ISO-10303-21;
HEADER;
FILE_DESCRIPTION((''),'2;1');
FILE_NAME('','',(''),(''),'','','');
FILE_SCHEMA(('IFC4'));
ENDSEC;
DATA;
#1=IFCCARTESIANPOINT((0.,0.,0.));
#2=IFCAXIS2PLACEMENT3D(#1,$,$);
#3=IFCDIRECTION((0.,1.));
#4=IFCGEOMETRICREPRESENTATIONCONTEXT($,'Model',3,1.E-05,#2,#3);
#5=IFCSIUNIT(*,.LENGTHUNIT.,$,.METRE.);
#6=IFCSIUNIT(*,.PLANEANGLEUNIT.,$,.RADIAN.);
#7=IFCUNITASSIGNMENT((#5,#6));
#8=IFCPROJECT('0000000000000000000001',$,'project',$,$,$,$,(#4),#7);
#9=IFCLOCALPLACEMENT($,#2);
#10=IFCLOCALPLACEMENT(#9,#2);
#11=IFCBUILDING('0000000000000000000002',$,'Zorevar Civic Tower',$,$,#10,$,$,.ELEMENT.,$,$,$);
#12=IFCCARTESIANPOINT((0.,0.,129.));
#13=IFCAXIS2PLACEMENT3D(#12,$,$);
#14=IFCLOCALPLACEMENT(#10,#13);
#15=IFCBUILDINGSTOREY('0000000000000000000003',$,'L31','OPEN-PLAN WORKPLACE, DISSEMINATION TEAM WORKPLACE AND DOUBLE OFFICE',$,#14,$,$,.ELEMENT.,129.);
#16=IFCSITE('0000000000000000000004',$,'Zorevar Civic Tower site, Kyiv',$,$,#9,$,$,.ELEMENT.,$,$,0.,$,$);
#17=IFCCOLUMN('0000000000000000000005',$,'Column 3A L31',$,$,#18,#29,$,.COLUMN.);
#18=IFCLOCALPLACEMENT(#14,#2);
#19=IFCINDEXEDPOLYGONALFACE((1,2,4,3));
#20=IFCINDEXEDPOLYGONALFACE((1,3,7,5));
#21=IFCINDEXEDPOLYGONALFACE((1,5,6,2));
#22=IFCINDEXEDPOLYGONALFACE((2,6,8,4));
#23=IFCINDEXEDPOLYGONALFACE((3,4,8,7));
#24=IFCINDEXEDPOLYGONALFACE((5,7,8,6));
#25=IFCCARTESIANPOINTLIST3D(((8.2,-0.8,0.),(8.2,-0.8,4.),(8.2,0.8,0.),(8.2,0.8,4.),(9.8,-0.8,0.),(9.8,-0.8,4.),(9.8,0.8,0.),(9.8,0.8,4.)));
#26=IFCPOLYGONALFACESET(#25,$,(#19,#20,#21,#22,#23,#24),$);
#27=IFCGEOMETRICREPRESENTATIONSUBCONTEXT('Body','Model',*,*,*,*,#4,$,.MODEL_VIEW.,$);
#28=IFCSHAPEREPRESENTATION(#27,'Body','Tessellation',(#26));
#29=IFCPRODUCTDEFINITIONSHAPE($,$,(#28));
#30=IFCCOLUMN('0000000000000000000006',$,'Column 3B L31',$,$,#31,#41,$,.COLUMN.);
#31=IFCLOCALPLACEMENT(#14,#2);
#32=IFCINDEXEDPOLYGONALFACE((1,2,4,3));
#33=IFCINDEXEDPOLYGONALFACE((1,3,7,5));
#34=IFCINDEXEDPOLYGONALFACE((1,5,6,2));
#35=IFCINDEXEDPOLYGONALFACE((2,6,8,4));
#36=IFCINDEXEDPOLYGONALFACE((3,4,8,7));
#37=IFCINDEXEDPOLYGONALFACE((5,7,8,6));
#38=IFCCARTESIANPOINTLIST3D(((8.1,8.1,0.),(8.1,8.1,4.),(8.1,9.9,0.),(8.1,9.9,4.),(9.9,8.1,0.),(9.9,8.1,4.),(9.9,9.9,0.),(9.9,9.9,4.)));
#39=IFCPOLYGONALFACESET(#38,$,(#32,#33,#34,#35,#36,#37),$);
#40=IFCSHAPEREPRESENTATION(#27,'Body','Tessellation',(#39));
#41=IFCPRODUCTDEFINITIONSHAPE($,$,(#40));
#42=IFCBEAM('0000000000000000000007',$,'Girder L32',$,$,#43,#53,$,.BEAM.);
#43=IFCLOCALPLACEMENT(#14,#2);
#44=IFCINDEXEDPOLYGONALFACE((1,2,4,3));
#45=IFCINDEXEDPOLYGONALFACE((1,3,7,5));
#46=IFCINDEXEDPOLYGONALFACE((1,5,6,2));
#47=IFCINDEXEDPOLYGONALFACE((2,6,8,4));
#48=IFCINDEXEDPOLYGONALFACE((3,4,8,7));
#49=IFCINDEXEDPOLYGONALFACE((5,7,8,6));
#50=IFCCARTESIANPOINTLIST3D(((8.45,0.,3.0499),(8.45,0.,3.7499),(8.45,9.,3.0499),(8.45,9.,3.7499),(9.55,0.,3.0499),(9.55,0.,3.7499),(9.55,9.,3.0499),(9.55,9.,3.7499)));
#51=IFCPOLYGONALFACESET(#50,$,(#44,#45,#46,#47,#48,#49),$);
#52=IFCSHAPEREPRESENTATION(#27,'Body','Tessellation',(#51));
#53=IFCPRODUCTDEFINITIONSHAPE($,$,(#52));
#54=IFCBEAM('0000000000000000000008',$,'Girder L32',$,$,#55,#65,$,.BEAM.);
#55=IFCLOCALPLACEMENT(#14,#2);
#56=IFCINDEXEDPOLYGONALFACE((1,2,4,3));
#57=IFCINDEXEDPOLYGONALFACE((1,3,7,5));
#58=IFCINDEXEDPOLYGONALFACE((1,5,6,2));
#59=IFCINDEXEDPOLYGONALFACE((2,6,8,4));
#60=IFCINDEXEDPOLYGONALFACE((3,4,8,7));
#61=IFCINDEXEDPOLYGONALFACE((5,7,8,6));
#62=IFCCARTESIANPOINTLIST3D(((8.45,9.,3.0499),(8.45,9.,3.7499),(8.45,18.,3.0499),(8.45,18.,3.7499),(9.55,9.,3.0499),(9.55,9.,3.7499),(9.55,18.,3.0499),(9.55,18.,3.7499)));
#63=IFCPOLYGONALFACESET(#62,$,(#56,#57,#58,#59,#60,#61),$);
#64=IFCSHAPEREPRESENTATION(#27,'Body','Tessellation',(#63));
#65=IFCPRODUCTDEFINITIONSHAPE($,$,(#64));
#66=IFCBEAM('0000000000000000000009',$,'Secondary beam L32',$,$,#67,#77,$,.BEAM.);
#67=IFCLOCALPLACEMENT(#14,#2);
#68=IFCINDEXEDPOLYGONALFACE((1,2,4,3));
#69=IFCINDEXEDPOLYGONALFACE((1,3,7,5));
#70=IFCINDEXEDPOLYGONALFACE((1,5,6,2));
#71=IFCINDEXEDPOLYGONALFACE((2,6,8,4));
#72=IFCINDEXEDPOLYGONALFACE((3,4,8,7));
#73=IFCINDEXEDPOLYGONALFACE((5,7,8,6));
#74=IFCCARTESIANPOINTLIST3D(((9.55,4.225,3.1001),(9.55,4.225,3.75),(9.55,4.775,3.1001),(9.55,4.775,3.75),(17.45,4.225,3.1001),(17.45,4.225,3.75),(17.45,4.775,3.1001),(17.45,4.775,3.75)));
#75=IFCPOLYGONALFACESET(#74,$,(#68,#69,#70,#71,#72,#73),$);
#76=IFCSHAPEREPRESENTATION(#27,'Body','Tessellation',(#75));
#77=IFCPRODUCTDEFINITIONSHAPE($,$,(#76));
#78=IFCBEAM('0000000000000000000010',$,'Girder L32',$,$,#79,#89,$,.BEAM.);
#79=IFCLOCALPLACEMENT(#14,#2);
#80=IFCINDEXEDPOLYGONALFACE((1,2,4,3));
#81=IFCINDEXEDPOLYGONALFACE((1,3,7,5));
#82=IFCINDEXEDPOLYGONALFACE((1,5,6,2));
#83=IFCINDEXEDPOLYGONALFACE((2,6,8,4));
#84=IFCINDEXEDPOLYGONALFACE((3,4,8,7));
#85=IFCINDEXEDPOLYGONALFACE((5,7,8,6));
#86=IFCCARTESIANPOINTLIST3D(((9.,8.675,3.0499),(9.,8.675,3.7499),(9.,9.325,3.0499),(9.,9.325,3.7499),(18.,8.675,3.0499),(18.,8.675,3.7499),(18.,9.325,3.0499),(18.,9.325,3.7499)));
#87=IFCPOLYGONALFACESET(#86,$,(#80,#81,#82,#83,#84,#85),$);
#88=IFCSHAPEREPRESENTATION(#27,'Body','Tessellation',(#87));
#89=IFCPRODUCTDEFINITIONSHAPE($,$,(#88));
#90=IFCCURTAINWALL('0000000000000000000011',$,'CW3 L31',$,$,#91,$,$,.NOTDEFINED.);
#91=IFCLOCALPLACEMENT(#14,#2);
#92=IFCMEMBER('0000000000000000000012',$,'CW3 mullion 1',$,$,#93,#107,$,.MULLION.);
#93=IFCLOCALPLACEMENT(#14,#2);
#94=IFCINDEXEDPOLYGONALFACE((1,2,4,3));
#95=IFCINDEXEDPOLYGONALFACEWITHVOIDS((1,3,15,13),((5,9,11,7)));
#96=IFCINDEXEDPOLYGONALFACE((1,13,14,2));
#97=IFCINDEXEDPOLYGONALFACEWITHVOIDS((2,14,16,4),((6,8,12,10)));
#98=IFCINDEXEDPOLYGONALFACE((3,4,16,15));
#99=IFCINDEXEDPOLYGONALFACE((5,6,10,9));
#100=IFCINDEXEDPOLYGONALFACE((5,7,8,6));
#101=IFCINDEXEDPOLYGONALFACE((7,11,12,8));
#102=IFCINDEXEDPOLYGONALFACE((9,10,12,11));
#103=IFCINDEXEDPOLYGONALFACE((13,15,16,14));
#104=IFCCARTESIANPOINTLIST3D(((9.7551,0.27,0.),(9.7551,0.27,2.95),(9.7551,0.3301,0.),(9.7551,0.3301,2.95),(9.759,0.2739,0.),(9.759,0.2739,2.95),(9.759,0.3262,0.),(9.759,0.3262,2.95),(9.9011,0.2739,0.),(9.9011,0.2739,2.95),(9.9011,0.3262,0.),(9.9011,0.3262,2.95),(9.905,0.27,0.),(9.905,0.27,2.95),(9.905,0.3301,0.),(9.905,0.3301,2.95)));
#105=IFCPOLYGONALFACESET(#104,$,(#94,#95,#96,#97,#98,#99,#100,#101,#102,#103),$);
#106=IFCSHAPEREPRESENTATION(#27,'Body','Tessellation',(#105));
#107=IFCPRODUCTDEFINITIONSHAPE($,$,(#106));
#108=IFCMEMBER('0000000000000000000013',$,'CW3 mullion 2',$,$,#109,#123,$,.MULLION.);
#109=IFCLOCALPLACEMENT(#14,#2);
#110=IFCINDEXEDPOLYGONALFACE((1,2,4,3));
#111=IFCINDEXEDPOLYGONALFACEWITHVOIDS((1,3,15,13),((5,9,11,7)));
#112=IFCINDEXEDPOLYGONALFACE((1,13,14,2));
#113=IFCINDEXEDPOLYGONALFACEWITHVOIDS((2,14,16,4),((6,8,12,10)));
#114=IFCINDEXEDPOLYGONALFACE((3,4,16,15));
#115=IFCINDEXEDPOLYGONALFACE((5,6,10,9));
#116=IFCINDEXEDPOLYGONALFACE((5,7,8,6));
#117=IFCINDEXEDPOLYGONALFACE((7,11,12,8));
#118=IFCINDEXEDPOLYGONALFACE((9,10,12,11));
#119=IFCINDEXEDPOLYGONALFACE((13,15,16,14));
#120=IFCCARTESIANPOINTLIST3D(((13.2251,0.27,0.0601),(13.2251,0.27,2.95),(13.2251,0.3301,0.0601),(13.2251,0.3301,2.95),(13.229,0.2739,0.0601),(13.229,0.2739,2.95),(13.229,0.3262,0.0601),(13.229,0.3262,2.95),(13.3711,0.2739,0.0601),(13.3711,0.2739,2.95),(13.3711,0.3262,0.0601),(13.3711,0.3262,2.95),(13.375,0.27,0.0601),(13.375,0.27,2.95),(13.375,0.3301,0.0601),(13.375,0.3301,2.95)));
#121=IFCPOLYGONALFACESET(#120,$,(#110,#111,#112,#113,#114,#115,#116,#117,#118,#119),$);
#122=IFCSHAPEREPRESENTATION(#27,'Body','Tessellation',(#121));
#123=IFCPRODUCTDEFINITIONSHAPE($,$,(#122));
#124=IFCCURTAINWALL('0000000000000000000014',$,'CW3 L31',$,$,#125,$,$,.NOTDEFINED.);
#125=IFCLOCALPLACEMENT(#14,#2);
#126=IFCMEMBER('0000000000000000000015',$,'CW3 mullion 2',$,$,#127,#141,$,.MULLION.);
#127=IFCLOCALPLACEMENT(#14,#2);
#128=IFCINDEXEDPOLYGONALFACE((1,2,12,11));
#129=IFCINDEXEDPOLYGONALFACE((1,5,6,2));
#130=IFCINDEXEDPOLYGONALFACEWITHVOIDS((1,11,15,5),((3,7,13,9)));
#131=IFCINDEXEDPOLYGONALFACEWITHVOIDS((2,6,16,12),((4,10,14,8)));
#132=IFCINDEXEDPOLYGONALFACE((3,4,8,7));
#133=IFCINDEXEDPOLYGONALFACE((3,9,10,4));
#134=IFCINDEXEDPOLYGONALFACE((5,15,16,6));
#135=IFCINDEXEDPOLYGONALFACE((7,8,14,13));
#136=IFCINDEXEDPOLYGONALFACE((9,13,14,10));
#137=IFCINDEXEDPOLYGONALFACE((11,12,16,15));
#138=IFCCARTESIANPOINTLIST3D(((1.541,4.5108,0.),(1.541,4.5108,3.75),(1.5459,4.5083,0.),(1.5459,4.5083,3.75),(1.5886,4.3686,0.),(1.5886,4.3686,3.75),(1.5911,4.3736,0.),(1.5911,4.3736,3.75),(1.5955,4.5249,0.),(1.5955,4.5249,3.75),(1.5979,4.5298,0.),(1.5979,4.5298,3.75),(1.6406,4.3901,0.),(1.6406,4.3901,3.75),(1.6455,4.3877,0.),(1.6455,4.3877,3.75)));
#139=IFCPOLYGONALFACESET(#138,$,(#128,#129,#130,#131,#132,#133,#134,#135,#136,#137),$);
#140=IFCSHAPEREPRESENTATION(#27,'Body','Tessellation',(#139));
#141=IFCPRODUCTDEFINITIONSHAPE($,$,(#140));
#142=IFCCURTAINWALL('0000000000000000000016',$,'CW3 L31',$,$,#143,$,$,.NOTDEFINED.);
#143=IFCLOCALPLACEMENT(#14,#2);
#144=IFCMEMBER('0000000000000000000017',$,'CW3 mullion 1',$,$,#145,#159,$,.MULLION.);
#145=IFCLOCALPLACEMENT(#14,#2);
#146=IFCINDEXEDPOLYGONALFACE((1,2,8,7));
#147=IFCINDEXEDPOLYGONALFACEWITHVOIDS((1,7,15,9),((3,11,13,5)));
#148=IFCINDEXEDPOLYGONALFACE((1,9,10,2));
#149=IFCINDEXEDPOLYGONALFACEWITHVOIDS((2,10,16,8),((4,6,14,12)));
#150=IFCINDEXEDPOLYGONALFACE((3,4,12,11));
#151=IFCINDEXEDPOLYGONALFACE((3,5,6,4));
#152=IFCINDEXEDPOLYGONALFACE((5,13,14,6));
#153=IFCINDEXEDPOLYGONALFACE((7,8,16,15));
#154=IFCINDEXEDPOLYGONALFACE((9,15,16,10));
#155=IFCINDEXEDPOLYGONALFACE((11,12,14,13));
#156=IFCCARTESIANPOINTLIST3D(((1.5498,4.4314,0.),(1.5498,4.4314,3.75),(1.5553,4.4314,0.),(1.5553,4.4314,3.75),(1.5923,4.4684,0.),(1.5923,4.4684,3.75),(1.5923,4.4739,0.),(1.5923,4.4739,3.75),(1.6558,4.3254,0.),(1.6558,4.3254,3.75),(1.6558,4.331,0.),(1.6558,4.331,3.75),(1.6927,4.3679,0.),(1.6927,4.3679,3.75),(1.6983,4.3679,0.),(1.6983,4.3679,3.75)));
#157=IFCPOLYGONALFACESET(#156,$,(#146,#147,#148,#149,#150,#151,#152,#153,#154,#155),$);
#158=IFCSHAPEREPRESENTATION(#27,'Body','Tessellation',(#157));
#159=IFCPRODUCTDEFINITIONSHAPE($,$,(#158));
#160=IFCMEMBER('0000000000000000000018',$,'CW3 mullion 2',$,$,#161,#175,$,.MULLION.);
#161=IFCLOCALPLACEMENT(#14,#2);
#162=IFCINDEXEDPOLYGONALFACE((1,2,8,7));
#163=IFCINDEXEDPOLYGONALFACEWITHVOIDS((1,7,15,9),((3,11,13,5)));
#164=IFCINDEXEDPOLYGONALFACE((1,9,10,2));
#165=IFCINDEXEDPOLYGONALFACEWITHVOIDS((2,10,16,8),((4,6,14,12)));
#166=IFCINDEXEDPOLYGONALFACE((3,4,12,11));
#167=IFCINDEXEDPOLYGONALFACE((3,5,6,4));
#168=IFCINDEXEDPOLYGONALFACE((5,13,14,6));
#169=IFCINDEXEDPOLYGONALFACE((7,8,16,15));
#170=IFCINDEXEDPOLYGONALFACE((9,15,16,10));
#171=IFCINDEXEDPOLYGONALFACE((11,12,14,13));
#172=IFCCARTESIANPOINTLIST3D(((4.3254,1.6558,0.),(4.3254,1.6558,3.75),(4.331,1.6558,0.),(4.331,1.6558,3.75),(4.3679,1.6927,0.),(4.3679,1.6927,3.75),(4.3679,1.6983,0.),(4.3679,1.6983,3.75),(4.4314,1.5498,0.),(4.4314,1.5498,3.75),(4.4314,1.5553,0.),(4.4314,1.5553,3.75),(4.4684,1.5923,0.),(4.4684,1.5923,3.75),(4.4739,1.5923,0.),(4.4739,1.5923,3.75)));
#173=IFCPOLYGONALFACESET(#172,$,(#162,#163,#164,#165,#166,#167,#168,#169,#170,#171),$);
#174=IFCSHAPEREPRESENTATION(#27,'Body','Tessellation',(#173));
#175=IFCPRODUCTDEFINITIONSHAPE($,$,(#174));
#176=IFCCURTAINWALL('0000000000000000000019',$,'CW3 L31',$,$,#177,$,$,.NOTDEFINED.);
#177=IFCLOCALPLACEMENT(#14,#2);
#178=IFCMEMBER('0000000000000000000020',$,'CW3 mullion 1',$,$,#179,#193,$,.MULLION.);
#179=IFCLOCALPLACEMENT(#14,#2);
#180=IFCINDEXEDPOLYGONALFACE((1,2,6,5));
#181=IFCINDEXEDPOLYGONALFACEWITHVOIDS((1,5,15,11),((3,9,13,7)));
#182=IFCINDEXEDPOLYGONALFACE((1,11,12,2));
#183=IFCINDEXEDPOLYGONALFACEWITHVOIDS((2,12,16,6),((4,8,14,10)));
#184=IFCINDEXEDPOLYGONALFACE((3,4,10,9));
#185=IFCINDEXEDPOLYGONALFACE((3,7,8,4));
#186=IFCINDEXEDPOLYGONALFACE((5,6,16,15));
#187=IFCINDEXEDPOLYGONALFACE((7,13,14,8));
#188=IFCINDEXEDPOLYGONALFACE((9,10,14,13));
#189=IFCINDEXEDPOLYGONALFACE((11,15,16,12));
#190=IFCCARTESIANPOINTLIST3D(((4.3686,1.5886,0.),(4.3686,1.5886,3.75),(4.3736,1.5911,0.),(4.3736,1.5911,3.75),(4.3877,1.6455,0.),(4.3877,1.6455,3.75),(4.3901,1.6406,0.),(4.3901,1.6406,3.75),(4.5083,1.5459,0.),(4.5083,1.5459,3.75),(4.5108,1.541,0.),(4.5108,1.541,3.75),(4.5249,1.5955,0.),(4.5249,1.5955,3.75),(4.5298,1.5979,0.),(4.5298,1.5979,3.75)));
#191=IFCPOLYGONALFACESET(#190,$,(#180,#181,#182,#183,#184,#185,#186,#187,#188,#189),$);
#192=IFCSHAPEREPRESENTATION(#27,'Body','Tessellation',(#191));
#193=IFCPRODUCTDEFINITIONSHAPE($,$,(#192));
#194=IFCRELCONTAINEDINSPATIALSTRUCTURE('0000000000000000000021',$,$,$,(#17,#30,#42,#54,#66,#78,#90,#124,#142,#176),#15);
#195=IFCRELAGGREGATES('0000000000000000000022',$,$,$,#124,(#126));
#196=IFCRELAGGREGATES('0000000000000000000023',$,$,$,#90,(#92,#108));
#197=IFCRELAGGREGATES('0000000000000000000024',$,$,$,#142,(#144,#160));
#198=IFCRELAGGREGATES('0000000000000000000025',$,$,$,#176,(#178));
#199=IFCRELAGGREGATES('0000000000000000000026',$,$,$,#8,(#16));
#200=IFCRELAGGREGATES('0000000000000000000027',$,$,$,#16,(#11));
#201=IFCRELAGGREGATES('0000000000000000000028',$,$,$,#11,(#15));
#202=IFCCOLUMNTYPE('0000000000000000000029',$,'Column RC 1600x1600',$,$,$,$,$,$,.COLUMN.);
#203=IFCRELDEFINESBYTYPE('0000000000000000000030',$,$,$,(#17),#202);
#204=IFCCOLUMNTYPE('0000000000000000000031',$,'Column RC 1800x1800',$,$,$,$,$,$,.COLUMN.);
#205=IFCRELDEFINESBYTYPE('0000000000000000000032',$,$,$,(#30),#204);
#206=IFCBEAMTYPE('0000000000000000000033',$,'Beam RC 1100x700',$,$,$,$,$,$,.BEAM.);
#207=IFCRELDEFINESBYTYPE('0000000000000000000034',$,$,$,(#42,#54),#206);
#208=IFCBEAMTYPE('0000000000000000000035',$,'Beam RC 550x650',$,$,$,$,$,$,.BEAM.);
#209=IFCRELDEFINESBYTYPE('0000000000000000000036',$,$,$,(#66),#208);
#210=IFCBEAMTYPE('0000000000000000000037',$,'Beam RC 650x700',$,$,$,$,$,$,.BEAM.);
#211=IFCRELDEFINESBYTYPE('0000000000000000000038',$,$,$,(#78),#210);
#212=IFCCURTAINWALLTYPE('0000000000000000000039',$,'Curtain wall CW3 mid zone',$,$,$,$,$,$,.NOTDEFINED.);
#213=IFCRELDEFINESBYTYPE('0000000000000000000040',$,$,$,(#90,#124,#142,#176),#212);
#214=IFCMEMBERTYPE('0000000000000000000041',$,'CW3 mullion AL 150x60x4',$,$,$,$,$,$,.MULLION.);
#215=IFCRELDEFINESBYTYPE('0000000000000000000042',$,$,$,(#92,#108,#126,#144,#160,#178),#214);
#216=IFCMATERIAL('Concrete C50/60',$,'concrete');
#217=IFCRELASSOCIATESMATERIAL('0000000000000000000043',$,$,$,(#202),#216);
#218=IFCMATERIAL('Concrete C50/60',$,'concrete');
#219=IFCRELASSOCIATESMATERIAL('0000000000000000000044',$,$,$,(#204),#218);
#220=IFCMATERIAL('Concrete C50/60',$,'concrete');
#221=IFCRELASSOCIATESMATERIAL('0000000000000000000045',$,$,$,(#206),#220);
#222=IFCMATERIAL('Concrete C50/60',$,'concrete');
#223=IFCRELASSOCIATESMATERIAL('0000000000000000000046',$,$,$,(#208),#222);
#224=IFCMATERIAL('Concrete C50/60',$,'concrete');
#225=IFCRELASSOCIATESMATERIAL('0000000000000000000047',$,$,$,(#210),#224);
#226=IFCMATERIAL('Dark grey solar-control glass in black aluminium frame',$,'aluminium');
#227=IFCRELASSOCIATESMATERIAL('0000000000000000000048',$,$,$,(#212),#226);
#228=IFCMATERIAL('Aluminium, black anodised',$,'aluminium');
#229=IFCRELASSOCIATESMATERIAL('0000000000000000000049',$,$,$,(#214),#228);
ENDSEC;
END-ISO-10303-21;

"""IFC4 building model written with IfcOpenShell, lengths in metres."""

from ifc_helpers import new_model, si_unit, direction, frame, origin, origin_2d, place, context, subcontext, project, spatial, rectangle, hollow_rectangle, extrude, material, material_profile, profile_set, type_object, element, aggregate, save


model = new_model("IFC4")

# Units and contexts
model_context = context("Model", 3, precision=1e-05, world=origin(), true_north=direction((0.0, 1.0)))
body_context = subcontext(model_context, "Body", "Model", "MODEL_VIEW")
ifc_project = project(units=[si_unit("LENGTHUNIT", "METRE"), si_unit("PLANEANGLEUNIT", "RADIAN")], contexts=[model_context])

# Site, building, storey
site_placement = place(None, origin())
site = spatial("IfcSite", under=ifc_project, at=site_placement, Name="Zorevar Civic Tower site, Kyiv", CompositionType="ELEMENT", RefElevation=0.0)
building_placement = place(site_placement, origin())
building = spatial("IfcBuilding", under=site, at=building_placement, Name="Zorevar Civic Tower", CompositionType="ELEMENT")
storey_placement = place(building_placement, frame((0.0, 0.0, 129.0)))
storey = spatial("IfcBuildingStorey", under=building, at=storey_placement, Name="L31", Description="OPEN-PLAN WORKPLACE, DISSEMINATION TEAM WORKPLACE AND DOUBLE OFFICE", CompositionType="ELEMENT", Elevation=129.0)

# Columns
ifc_material_1 = material(Name="Concrete C50/60", Category="concrete")
ifc_material_profile_1 = material_profile(ifc_material_1, rectangle(XDim=1.6001, YDim=1.6001, at=origin_2d()), Name="RC 1600x1600")
ifc_profile_set_1 = profile_set([ifc_material_profile_1], Name="Concrete C50/60")
column_type_1 = type_object("IfcColumnType", Name="Column RC 1600x1600", PredefinedType="COLUMN", material=ifc_profile_set_1)
column_1_placement = place(storey_placement, frame((9.0, 0.0, 0.0), z_axis=(0.0, 0.0, 1.0), x_axis=(1.0, 0.0, 0.0)))
element("IfcColumn", 1, at=column_1_placement, inside=storey, type_object=column_type_1, Name="Column 3A L31", PredefinedType="COLUMN", context=body_context, shape_type="SweptSolid", body=[
    extrude(rectangle(XDim=1.6001, YDim=1.6001, at=origin_2d()), origin(), (0.0, 0.0, 1.0), 4.0),
])
ifc_material_2 = material(Name="Concrete C50/60", Category="concrete")
ifc_material_profile_2 = material_profile(ifc_material_2, rectangle(XDim=1.8, YDim=1.8, at=origin_2d()), Name="RC 1800x1800")
ifc_profile_set_2 = profile_set([ifc_material_profile_2], Name="Concrete C50/60")
column_type_2 = type_object("IfcColumnType", Name="Column RC 1800x1800", PredefinedType="COLUMN", material=ifc_profile_set_2)
column_2_placement = place(storey_placement, frame((9.0, 9.0, 0.0), z_axis=(0.0, 0.0, 1.0), x_axis=(1.0, 0.0, 0.0)))
element("IfcColumn", 2, at=column_2_placement, inside=storey, type_object=column_type_2, Name="Column 3B L31", PredefinedType="COLUMN", context=body_context, shape_type="SweptSolid", body=[
    extrude(rectangle(XDim=1.8, YDim=1.8, at=origin_2d()), origin(), (0.0, 0.0, 1.0), 4.0),
])

# Beams
ifc_material_3 = material(Name="Concrete C50/60", Category="concrete")
ifc_material_profile_3 = material_profile(ifc_material_3, rectangle(XDim=1.1001, YDim=0.7, at=origin_2d()), Name="RC 1100x700")
ifc_profile_set_3 = profile_set([ifc_material_profile_3], Name="Concrete C50/60")
beam_type_1 = type_object("IfcBeamType", Name="Beam RC 1100x700", PredefinedType="BEAM", material=ifc_profile_set_3)
for number, where, z_axis, x_axis, name in (
    (3, (9.0, 0.0, 3.3999), (0.0, 1.0, 0.0), (-1.0, 0.0, 0.0), "Girder L32"),
    (4, (9.0, 9.0, 3.3999), (0.0, 1.0, 0.0), (-1.0, 0.0, 0.0), "Girder L32"),
):
    element("IfcBeam", number, at=place(storey_placement, frame(where, z_axis=z_axis, x_axis=x_axis)), inside=storey, type_object=beam_type_1, Name=name, PredefinedType="BEAM", context=body_context, shape_type="SweptSolid", body=[
        extrude(rectangle(XDim=1.1001, YDim=0.7, at=origin_2d()), origin(), (0.0, 0.0, 1.0), 9.0),
    ])
ifc_material_4 = material(Name="Concrete C50/60", Category="concrete")
ifc_material_profile_4 = material_profile(ifc_material_4, rectangle(XDim=0.55, YDim=0.6499, at=origin_2d()), Name="RC 550x650")
ifc_profile_set_4 = profile_set([ifc_material_profile_4], Name="Concrete C50/60")
beam_type_2 = type_object("IfcBeamType", Name="Beam RC 550x650", PredefinedType="BEAM", material=ifc_profile_set_4)
beam_1_placement = place(storey_placement, frame((9.55, 4.5, 3.425), z_axis=(1.0, 0.0, 0.0), x_axis=(0.0, 1.0, 0.0)))
element("IfcBeam", 5, at=beam_1_placement, inside=storey, type_object=beam_type_2, Name="Secondary beam L32", PredefinedType="BEAM", context=body_context, shape_type="SweptSolid", body=[
    extrude(rectangle(XDim=0.55, YDim=0.6499, at=origin_2d()), origin(), (0.0, 0.0, 1.0), 7.8999),
])
ifc_material_5 = material(Name="Concrete C50/60", Category="concrete")
ifc_material_profile_5 = material_profile(ifc_material_5, rectangle(XDim=0.6499, YDim=0.7, at=origin_2d()), Name="RC 650x700")
ifc_profile_set_5 = profile_set([ifc_material_profile_5], Name="Concrete C50/60")
beam_type_3 = type_object("IfcBeamType", Name="Beam RC 650x700", PredefinedType="BEAM", material=ifc_profile_set_5)
beam_2_placement = place(storey_placement, frame((9.0, 9.0, 3.3999), z_axis=(1.0, 0.0, 0.0), x_axis=(0.0, 1.0, 0.0)))
element("IfcBeam", 6, at=beam_2_placement, inside=storey, type_object=beam_type_3, Name="Girder L32", PredefinedType="BEAM", context=body_context, shape_type="SweptSolid", body=[
    extrude(rectangle(XDim=0.6499, YDim=0.7, at=origin_2d()), origin(), (0.0, 0.0, 1.0), 9.0),
])

# Curtain wall, members
ifc_material_6 = material(Name="Dark grey solar-control glass in black aluminium frame", Category="aluminium")
curtain_wall_type = type_object("IfcCurtainWallType", Name="Curtain wall CW3 mid zone", PredefinedType="NOTDEFINED", material=ifc_material_6)
curtain_wall_1_placement = place(storey_placement, origin())
curtain_wall_1 = element("IfcCurtainWall", 7, at=curtain_wall_1_placement, inside=storey, type_object=curtain_wall_type, Name="CW3 L31", PredefinedType="NOTDEFINED")
ifc_material_7 = material(Name="Aluminium, black anodised", Category="aluminium")
ifc_material_profile_6 = material_profile(ifc_material_7, hollow_rectangle(XDim=0.0601, YDim=0.1499, WallThickness=0.0039, at=origin_2d()), Name="AL 150x60x4")
ifc_profile_set_6 = profile_set([ifc_material_profile_6], Name="Aluminium, black anodised")
member_type_1 = type_object("IfcMemberType", Name="CW3 mullion AL 150x60x4", PredefinedType="MULLION", material=ifc_profile_set_6)
member_1_placement = place(storey_placement, frame((9.8301, 0.3, 0.0), z_axis=(0.0, 0.0, 1.0), x_axis=(0.0, 1.0, 0.0)))
member_1 = element("IfcMember", 8, at=member_1_placement, type_object=member_type_1, Name="CW3 mullion 1", PredefinedType="MULLION", context=body_context, shape_type="SweptSolid", body=[
    extrude(hollow_rectangle(XDim=0.0601, YDim=0.1499, WallThickness=0.0039, at=origin_2d()), origin(), (0.0, 0.0, 1.0), 2.95),
])
member_2_placement = place(storey_placement, frame((13.3, 0.3, 0.0601), z_axis=(0.0, 0.0, 1.0), x_axis=(0.0, 1.0, 0.0)))
member_2 = element("IfcMember", 9, at=member_2_placement, type_object=member_type_1, Name="CW3 mullion 2", PredefinedType="MULLION", context=body_context, shape_type="SweptSolid", body=[
    extrude(hollow_rectangle(XDim=0.0601, YDim=0.1499, WallThickness=0.0039, at=origin_2d()), origin(), (0.0, 0.0, 1.0), 2.8899),
])

# Curtain wall, member
curtain_wall_2_placement = place(storey_placement, origin())
curtain_wall_2 = element("IfcCurtainWall", 10, at=curtain_wall_2_placement, inside=storey, type_object=curtain_wall_type, Name="CW3 L31", PredefinedType="NOTDEFINED")
member_3_placement = place(storey_placement, frame((1.5933, 4.4492, 0.0), z_axis=(0.0, 0.0, 1.0), x_axis=(0.948227, 0.317593, 0.0)))
member_3 = element("IfcMember", 11, at=member_3_placement, type_object=member_type_1, Name="CW3 mullion 2", PredefinedType="MULLION", context=body_context, shape_type="SweptSolid", body=[
    extrude(hollow_rectangle(XDim=0.0601, YDim=0.1499, WallThickness=0.0039, at=origin_2d()), origin(), (0.0, 0.0, 1.0), 3.75),
])
aggregate(curtain_wall_2, [member_3])

# Curtain walls, members
curtain_wall_3_placement = place(storey_placement, origin())
curtain_wall_3 = element("IfcCurtainWall", 12, at=curtain_wall_3_placement, inside=storey, type_object=curtain_wall_type, Name="CW3 L31", PredefinedType="NOTDEFINED")
member_4_placement = place(storey_placement, frame((1.624, 4.3997, 0.0), z_axis=(0.0, 0.0, 1.0), x_axis=(0.707107, 0.707107, 0.0)))
member_4 = element("IfcMember", 13, at=member_4_placement, type_object=member_type_1, Name="CW3 mullion 1", PredefinedType="MULLION", context=body_context, shape_type="SweptSolid", body=[
    extrude(hollow_rectangle(XDim=0.0601, YDim=0.1499, WallThickness=0.0039, at=origin_2d()), origin(), (0.0, 0.0, 1.0), 3.75),
])
member_5_placement = place(storey_placement, frame((4.3997, 1.624, 0.0), z_axis=(0.0, 0.0, 1.0), x_axis=(0.707107, 0.707107, 0.0)))
member_5 = element("IfcMember", 14, at=member_5_placement, type_object=member_type_1, Name="CW3 mullion 2", PredefinedType="MULLION", context=body_context, shape_type="SweptSolid", body=[
    extrude(hollow_rectangle(XDim=0.0601, YDim=0.1499, WallThickness=0.0039, at=origin_2d()), origin(), (0.0, 0.0, 1.0), 3.75),
])
curtain_wall_4_placement = place(storey_placement, origin())
curtain_wall_4 = element("IfcCurtainWall", 15, at=curtain_wall_4_placement, inside=storey, type_object=curtain_wall_type, Name="CW3 L31", PredefinedType="NOTDEFINED")
member_6_placement = place(storey_placement, frame((4.4492, 1.5933, 0.0), z_axis=(0.0, 0.0, 1.0), x_axis=(0.317593, 0.948227, 0.0)))
member_6 = element("IfcMember", 16, at=member_6_placement, type_object=member_type_1, Name="CW3 mullion 1", PredefinedType="MULLION", context=body_context, shape_type="SweptSolid", body=[
    extrude(hollow_rectangle(XDim=0.0601, YDim=0.1499, WallThickness=0.0039, at=origin_2d()), origin(), (0.0, 0.0, 1.0), 3.75),
])

aggregate(curtain_wall_1, [member_1, member_2])
aggregate(curtain_wall_3, [member_4, member_5])
aggregate(curtain_wall_4, [member_6])

save(model, "model.ifc")
